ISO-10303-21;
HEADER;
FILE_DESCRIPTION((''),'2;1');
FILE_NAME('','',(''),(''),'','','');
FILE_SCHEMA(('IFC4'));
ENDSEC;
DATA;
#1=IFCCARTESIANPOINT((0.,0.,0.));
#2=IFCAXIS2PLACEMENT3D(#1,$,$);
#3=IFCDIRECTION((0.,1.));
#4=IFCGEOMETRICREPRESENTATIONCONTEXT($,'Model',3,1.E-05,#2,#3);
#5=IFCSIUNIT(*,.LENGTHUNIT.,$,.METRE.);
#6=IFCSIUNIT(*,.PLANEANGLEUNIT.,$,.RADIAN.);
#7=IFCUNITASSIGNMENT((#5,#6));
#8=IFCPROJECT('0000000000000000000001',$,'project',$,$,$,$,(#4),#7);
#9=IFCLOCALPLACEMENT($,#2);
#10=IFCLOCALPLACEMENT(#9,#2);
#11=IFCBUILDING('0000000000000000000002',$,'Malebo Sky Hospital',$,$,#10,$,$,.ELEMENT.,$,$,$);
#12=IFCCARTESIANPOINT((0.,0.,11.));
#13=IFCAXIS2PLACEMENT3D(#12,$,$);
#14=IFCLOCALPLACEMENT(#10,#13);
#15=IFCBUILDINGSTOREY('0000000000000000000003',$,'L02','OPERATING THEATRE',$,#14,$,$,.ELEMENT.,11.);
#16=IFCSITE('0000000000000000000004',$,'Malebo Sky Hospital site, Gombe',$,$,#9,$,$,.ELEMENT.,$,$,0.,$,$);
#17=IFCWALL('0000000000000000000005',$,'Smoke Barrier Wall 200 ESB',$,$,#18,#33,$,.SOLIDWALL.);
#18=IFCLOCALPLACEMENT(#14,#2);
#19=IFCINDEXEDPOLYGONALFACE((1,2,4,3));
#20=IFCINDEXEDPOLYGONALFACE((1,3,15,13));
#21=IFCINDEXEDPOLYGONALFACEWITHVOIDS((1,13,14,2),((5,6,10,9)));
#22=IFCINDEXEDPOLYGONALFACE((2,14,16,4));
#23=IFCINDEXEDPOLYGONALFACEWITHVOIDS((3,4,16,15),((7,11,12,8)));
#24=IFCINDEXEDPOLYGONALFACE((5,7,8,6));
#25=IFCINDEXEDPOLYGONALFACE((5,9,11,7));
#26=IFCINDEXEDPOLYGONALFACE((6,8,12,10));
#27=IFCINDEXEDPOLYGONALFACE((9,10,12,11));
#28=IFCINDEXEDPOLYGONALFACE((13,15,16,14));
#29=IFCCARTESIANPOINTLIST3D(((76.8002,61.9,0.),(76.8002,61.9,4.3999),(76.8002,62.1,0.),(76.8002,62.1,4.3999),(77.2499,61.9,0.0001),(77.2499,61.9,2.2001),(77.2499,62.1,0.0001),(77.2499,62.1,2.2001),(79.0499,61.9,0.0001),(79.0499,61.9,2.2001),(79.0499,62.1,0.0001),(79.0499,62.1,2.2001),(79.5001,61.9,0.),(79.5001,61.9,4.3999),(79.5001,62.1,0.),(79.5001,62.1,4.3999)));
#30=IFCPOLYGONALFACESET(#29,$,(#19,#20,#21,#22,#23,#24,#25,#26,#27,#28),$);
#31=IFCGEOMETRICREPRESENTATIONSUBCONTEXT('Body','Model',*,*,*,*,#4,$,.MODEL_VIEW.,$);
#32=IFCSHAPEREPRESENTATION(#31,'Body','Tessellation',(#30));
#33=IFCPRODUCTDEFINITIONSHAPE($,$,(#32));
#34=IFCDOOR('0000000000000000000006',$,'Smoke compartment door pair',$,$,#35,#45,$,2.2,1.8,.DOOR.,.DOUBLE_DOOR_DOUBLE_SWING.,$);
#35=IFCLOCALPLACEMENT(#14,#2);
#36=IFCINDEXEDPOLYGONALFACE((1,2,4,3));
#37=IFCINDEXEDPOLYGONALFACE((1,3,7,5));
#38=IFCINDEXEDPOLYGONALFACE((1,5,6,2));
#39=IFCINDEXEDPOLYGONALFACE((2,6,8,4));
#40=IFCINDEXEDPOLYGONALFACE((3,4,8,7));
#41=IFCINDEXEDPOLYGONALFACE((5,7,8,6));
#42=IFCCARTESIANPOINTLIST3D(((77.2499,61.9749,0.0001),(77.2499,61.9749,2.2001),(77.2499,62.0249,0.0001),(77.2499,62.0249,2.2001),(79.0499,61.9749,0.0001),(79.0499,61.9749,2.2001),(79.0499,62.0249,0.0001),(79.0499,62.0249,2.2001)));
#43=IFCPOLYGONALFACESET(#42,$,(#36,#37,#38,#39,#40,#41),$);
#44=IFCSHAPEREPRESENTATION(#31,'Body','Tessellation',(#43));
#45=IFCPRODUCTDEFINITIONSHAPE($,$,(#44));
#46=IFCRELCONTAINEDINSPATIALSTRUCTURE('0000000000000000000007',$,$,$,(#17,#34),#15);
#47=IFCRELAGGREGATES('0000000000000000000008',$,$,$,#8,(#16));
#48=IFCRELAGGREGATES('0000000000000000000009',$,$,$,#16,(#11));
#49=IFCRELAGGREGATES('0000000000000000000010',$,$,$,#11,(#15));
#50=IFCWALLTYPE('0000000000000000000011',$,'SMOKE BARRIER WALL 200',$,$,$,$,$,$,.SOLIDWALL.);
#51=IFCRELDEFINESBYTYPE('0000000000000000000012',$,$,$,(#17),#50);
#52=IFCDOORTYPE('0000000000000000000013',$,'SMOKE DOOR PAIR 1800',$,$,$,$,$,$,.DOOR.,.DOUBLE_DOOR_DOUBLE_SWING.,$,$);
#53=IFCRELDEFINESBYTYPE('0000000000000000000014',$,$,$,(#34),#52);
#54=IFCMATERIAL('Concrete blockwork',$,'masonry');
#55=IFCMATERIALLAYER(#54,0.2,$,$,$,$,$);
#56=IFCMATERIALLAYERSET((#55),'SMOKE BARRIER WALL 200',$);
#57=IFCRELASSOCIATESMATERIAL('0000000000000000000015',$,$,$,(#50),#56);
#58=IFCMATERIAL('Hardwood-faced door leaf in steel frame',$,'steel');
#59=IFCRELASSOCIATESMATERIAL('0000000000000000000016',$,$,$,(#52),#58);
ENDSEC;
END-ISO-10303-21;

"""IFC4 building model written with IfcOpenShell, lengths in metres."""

from ifc_helpers import new_model, si_unit, direction, frame, frame_2d, origin, place, context, subcontext, project, spatial, rectangle, extrude, material, layer, layer_set, type_object, element, fill, save


model = new_model("IFC4")

# Units and contexts
model_context = context("Model", 3, precision=1e-05, world=origin(), true_north=direction((0.0, 1.0)))
body_context = subcontext(model_context, "Body", "Model", "MODEL_VIEW")
ifc_project = project(units=[si_unit("LENGTHUNIT", "METRE"), si_unit("PLANEANGLEUNIT", "RADIAN")], contexts=[model_context])

# Site, building, storey
site_placement = place(None, origin())
site = spatial("IfcSite", under=ifc_project, at=site_placement, Name="Malebo Sky Hospital site, Gombe", CompositionType="ELEMENT", RefElevation=0.0)
building_placement = place(site_placement, origin())
building = spatial("IfcBuilding", under=site, at=building_placement, Name="Malebo Sky Hospital", CompositionType="ELEMENT")
storey_placement = place(building_placement, frame((0.0, 0.0, 11.0)))
storey = spatial("IfcBuildingStorey", under=building, at=storey_placement, Name="L02", Description="OPERATING THEATRE", CompositionType="ELEMENT", Elevation=11.0)

# Shared definitions
ifc_material_1 = material(Name="Hardwood-faced door leaf in steel frame", Category="steel")

# Shared definitions
ifc_material_2 = material(Name="Concrete blockwork", Category="masonry")
ifc_layer_1 = layer(ifc_material_2, 0.2)
ifc_layer_set_1 = layer_set([ifc_layer_1], Name="SMOKE BARRIER WALL 200")
wall_type_1 = type_object("IfcWallType", Name="SMOKE BARRIER WALL 200", PredefinedType="SOLIDWALL", material=ifc_layer_set_1)

# Wall, opening, door
wall_1_placement = place(storey_placement, frame((76.8, 62.0, 0.0), z_axis=(0.0, 0.0, 1.0), x_axis=(1.0, 0.0, 0.0)))
wall_1 = element("IfcWall", 1, at=wall_1_placement, inside=storey, type_object=wall_type_1, Name="Smoke Barrier Wall 200 ESB", PredefinedType="SOLIDWALL", context=body_context, shape_type="SweptSolid", body=[
    extrude(rectangle(XDim=2.7, YDim=0.2, at=frame_2d((1.3501, 0.0))), origin(), (0.0, 0.0, 1.0), 4.3999),
])
opening_1_placement = place(wall_1_placement, frame((0.45, 0.0, 0.0)))
opening_1 = element("IfcOpeningElement", 2, at=opening_1_placement, cuts=wall_1, PredefinedType="OPENING", context=body_context, shape_type="SweptSolid", body=[
    extrude(rectangle(XDim=1.8, YDim=2.2, at=frame_2d((0.8999, 1.1001))), frame((0.0, 0.1099, 0.0), z_axis=(0.0, -1.0, 0.0), x_axis=(1.0, 0.0, 0.0)), (0.0, 0.0, 1.0), 0.22),
])
door_type_1 = type_object("IfcDoorType", Name="SMOKE DOOR PAIR 1800", OperationType="DOUBLE_DOOR_DOUBLE_SWING", PredefinedType="DOOR", material=ifc_material_1)
door_1_placement = place(opening_1_placement, origin())
door_1 = element("IfcDoor", 3, at=door_1_placement, inside=storey, type_object=door_type_1, Name="Smoke compartment door pair", OperationType="DOUBLE_DOOR_DOUBLE_SWING", OverallHeight=2.2, OverallWidth=1.8, PredefinedType="DOOR", context=body_context, shape_type="SweptSolid", body=[
    extrude(rectangle(XDim=1.8, YDim=2.2, at=frame_2d((0.8999, 1.1001))), frame((0.0, 0.0249, 0.0), z_axis=(0.0, -1.0, 0.0), x_axis=(1.0, 0.0, 0.0)), (0.0, 0.0, 1.0), 0.05),
])
fill(opening_1, door_1)

save(model, "model.ifc")
